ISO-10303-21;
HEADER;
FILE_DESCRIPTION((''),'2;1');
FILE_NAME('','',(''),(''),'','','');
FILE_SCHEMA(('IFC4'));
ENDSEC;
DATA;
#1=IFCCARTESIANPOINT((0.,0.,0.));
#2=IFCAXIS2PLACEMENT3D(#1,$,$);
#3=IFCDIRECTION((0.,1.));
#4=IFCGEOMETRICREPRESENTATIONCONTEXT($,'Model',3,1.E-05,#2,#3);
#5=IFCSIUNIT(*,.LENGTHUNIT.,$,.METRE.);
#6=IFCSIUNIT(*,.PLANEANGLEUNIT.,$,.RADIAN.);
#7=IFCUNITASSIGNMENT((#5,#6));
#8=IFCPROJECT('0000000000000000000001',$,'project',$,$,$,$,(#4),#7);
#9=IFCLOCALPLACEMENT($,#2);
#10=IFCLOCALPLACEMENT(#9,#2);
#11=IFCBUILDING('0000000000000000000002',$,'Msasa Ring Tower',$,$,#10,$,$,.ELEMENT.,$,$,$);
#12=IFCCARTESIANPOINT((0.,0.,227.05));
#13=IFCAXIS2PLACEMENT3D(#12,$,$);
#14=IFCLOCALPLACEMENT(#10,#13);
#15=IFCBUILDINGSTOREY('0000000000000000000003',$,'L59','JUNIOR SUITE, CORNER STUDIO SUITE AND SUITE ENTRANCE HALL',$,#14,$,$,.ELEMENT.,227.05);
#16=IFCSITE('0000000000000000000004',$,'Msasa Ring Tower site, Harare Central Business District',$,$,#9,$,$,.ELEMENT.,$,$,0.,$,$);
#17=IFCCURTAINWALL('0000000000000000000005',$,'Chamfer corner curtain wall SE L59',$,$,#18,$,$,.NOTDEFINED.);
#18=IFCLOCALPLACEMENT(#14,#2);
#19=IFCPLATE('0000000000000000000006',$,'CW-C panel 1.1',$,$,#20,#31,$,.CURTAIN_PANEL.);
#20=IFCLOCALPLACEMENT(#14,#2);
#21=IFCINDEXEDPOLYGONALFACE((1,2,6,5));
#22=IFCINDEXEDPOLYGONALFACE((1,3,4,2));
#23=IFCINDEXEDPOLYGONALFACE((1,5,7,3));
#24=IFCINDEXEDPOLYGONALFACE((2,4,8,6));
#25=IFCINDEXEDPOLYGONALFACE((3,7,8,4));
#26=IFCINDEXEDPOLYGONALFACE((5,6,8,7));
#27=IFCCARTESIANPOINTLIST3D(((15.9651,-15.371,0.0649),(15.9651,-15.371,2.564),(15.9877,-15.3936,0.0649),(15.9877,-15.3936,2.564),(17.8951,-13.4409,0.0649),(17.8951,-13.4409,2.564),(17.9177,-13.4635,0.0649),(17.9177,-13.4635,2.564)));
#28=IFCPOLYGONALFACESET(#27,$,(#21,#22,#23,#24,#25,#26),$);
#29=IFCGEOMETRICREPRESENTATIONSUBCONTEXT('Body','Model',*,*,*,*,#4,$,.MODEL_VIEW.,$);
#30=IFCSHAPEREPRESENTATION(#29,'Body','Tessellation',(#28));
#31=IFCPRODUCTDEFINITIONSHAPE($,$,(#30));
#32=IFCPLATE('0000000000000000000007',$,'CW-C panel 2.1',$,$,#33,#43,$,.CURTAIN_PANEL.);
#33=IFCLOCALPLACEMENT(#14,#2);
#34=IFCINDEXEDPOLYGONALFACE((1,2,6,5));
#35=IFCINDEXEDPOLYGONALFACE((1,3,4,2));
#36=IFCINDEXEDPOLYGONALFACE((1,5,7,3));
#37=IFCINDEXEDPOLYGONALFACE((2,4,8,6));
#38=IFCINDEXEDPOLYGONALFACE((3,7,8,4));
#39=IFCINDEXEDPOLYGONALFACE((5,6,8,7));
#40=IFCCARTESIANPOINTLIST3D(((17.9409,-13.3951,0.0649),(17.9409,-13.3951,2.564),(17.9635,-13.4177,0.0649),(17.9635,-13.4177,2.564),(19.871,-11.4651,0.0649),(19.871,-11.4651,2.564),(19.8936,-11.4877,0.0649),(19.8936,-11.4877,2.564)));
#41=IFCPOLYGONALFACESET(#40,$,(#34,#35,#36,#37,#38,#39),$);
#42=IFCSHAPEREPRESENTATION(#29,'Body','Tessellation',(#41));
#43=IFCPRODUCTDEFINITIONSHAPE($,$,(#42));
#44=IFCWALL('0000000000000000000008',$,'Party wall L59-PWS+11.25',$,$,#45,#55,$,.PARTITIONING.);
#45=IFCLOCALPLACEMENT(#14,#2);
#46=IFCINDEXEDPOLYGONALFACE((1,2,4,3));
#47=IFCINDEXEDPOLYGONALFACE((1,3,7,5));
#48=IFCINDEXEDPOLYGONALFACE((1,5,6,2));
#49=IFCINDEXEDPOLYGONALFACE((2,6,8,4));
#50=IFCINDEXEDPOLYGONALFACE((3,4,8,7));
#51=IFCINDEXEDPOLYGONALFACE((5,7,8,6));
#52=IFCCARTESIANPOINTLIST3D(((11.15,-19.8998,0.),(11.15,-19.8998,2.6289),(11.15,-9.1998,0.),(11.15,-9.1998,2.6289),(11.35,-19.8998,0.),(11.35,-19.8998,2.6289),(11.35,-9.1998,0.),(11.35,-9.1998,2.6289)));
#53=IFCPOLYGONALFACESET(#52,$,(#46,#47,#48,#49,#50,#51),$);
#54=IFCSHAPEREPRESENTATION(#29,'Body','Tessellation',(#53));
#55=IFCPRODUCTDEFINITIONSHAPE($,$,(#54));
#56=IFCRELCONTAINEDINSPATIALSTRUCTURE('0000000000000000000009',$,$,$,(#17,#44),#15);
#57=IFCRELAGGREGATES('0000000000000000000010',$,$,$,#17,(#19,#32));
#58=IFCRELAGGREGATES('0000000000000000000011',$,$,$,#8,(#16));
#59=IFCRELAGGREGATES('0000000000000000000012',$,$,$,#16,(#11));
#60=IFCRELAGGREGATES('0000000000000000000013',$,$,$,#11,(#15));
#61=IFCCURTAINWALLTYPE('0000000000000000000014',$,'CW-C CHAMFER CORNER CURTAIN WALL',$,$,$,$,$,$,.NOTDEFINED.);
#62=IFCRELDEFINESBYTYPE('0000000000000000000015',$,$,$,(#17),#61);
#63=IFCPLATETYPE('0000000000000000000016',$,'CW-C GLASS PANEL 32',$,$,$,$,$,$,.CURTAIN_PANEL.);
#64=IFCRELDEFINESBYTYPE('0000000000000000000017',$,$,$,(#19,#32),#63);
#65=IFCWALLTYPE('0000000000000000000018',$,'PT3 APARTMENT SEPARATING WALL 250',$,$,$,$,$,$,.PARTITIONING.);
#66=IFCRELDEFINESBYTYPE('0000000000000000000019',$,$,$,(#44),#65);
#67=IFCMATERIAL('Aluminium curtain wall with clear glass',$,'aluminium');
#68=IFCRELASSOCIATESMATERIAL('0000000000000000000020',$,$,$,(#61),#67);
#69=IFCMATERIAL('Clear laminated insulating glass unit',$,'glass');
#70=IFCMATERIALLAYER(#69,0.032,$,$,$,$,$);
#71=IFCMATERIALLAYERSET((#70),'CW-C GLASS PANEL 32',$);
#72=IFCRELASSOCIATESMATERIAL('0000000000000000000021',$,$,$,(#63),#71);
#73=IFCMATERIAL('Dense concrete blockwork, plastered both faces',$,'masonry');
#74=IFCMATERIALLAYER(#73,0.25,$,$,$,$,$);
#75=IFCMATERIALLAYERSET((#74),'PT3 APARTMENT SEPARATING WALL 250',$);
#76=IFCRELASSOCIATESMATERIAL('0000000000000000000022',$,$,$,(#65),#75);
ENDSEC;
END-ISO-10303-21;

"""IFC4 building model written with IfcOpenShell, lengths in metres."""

from ifc_helpers import new_model, si_unit, direction, frame, frame_2d, origin, origin_2d, place, context, subcontext, project, spatial, rectangle, extrude, material, layer, layer_set, type_object, element, aggregate, save


model = new_model("IFC4")

# Units and contexts
model_context = context("Model", 3, precision=1e-05, world=origin(), true_north=direction((0.0, 1.0)))
body_context = subcontext(model_context, "Body", "Model", "MODEL_VIEW")
ifc_project = project(units=[si_unit("LENGTHUNIT", "METRE"), si_unit("PLANEANGLEUNIT", "RADIAN")], contexts=[model_context])

# Site, building, storey
site_placement = place(None, origin())
site = spatial("IfcSite", under=ifc_project, at=site_placement, Name="Msasa Ring Tower site, Harare Central Business District", CompositionType="ELEMENT", RefElevation=0.0)
building_placement = place(site_placement, origin())
building = spatial("IfcBuilding", under=site, at=building_placement, Name="Msasa Ring Tower", CompositionType="ELEMENT")
storey_placement = place(building_placement, frame((0.0, 0.0, 227.05)))
storey = spatial("IfcBuildingStorey", under=building, at=storey_placement, Name="L59", Description="JUNIOR SUITE, CORNER STUDIO SUITE AND SUITE ENTRANCE HALL", CompositionType="ELEMENT", Elevation=227.05)

# Curtain wall
ifc_material_1 = material(Name="Aluminium curtain wall with clear glass", Category="aluminium")
curtain_wall_type = type_object("IfcCurtainWallType", Name="CW-C CHAMFER CORNER CURTAIN WALL", PredefinedType="NOTDEFINED", material=ifc_material_1)
curtain_wall_1_placement = place(storey_placement, origin())
curtain_wall_1 = element("IfcCurtainWall", 1, at=curtain_wall_1_placement, inside=storey, type_object=curtain_wall_type, Name="Chamfer corner curtain wall SE L59", PredefinedType="NOTDEFINED")

# Plates
ifc_material_2 = material(Name="Clear laminated insulating glass unit", Category="glass")
ifc_layer_1 = layer(ifc_material_2, 0.032)
ifc_layer_set_1 = layer_set([ifc_layer_1], Name="CW-C GLASS PANEL 32")
plate_type = type_object("IfcPlateType", Name="CW-C GLASS PANEL 32", PredefinedType="CURTAIN_PANEL", material=ifc_layer_set_1)
plate_1_placement = place(storey_placement, frame((16.9414, -14.4172, 0.0649), z_axis=(0.0, 0.0, 1.0), x_axis=(0.707107, 0.707107, 0.0)))
plate_1 = element("IfcPlate", 2, at=plate_1_placement, type_object=plate_type, Name="CW-C panel 1.1", PredefinedType="CURTAIN_PANEL", context=body_context, shape_type="SweptSolid", body=[
    extrude(rectangle(XDim=2.7295, YDim=0.032, at=origin_2d()), origin(), (0.0, 0.0, 1.0), 2.499),
])
plate_2_placement = place(storey_placement, frame((18.9172, -12.4414, 0.0649), z_axis=(0.0, 0.0, 1.0), x_axis=(0.707107, 0.707107, 0.0)))
plate_2 = element("IfcPlate", 3, at=plate_2_placement, type_object=plate_type, Name="CW-C panel 2.1", PredefinedType="CURTAIN_PANEL", context=body_context, shape_type="SweptSolid", body=[
    extrude(rectangle(XDim=2.7295, YDim=0.032, at=origin_2d()), origin(), (0.0, 0.0, 1.0), 2.499),
])
aggregate(curtain_wall_1, [plate_1, plate_2])

# Wall
ifc_material_3 = material(Name="Dense concrete blockwork, plastered both faces", Category="masonry")
ifc_layer_2 = layer(ifc_material_3, 0.25)
ifc_layer_set_2 = layer_set([ifc_layer_2], Name="PT3 APARTMENT SEPARATING WALL 250")
wall_type = type_object("IfcWallType", Name="PT3 APARTMENT SEPARATING WALL 250", PredefinedType="PARTITIONING", material=ifc_layer_set_2)
wall_placement = place(storey_placement, frame((11.25, -19.8999, 0.0), z_axis=(0.0, 0.0, 1.0), x_axis=(0.0, 1.0, 0.0)))
element("IfcWall", 4, at=wall_placement, inside=storey, type_object=wall_type, Name="Party wall L59-PWS+11.25", PredefinedType="PARTITIONING", context=body_context, shape_type="SweptSolid", body=[
    extrude(rectangle(XDim=10.7, YDim=0.2, at=frame_2d((5.3501, 0.0))), origin(), (0.0, 0.0, 1.0), 2.6289),
])

save(model, "model.ifc")
